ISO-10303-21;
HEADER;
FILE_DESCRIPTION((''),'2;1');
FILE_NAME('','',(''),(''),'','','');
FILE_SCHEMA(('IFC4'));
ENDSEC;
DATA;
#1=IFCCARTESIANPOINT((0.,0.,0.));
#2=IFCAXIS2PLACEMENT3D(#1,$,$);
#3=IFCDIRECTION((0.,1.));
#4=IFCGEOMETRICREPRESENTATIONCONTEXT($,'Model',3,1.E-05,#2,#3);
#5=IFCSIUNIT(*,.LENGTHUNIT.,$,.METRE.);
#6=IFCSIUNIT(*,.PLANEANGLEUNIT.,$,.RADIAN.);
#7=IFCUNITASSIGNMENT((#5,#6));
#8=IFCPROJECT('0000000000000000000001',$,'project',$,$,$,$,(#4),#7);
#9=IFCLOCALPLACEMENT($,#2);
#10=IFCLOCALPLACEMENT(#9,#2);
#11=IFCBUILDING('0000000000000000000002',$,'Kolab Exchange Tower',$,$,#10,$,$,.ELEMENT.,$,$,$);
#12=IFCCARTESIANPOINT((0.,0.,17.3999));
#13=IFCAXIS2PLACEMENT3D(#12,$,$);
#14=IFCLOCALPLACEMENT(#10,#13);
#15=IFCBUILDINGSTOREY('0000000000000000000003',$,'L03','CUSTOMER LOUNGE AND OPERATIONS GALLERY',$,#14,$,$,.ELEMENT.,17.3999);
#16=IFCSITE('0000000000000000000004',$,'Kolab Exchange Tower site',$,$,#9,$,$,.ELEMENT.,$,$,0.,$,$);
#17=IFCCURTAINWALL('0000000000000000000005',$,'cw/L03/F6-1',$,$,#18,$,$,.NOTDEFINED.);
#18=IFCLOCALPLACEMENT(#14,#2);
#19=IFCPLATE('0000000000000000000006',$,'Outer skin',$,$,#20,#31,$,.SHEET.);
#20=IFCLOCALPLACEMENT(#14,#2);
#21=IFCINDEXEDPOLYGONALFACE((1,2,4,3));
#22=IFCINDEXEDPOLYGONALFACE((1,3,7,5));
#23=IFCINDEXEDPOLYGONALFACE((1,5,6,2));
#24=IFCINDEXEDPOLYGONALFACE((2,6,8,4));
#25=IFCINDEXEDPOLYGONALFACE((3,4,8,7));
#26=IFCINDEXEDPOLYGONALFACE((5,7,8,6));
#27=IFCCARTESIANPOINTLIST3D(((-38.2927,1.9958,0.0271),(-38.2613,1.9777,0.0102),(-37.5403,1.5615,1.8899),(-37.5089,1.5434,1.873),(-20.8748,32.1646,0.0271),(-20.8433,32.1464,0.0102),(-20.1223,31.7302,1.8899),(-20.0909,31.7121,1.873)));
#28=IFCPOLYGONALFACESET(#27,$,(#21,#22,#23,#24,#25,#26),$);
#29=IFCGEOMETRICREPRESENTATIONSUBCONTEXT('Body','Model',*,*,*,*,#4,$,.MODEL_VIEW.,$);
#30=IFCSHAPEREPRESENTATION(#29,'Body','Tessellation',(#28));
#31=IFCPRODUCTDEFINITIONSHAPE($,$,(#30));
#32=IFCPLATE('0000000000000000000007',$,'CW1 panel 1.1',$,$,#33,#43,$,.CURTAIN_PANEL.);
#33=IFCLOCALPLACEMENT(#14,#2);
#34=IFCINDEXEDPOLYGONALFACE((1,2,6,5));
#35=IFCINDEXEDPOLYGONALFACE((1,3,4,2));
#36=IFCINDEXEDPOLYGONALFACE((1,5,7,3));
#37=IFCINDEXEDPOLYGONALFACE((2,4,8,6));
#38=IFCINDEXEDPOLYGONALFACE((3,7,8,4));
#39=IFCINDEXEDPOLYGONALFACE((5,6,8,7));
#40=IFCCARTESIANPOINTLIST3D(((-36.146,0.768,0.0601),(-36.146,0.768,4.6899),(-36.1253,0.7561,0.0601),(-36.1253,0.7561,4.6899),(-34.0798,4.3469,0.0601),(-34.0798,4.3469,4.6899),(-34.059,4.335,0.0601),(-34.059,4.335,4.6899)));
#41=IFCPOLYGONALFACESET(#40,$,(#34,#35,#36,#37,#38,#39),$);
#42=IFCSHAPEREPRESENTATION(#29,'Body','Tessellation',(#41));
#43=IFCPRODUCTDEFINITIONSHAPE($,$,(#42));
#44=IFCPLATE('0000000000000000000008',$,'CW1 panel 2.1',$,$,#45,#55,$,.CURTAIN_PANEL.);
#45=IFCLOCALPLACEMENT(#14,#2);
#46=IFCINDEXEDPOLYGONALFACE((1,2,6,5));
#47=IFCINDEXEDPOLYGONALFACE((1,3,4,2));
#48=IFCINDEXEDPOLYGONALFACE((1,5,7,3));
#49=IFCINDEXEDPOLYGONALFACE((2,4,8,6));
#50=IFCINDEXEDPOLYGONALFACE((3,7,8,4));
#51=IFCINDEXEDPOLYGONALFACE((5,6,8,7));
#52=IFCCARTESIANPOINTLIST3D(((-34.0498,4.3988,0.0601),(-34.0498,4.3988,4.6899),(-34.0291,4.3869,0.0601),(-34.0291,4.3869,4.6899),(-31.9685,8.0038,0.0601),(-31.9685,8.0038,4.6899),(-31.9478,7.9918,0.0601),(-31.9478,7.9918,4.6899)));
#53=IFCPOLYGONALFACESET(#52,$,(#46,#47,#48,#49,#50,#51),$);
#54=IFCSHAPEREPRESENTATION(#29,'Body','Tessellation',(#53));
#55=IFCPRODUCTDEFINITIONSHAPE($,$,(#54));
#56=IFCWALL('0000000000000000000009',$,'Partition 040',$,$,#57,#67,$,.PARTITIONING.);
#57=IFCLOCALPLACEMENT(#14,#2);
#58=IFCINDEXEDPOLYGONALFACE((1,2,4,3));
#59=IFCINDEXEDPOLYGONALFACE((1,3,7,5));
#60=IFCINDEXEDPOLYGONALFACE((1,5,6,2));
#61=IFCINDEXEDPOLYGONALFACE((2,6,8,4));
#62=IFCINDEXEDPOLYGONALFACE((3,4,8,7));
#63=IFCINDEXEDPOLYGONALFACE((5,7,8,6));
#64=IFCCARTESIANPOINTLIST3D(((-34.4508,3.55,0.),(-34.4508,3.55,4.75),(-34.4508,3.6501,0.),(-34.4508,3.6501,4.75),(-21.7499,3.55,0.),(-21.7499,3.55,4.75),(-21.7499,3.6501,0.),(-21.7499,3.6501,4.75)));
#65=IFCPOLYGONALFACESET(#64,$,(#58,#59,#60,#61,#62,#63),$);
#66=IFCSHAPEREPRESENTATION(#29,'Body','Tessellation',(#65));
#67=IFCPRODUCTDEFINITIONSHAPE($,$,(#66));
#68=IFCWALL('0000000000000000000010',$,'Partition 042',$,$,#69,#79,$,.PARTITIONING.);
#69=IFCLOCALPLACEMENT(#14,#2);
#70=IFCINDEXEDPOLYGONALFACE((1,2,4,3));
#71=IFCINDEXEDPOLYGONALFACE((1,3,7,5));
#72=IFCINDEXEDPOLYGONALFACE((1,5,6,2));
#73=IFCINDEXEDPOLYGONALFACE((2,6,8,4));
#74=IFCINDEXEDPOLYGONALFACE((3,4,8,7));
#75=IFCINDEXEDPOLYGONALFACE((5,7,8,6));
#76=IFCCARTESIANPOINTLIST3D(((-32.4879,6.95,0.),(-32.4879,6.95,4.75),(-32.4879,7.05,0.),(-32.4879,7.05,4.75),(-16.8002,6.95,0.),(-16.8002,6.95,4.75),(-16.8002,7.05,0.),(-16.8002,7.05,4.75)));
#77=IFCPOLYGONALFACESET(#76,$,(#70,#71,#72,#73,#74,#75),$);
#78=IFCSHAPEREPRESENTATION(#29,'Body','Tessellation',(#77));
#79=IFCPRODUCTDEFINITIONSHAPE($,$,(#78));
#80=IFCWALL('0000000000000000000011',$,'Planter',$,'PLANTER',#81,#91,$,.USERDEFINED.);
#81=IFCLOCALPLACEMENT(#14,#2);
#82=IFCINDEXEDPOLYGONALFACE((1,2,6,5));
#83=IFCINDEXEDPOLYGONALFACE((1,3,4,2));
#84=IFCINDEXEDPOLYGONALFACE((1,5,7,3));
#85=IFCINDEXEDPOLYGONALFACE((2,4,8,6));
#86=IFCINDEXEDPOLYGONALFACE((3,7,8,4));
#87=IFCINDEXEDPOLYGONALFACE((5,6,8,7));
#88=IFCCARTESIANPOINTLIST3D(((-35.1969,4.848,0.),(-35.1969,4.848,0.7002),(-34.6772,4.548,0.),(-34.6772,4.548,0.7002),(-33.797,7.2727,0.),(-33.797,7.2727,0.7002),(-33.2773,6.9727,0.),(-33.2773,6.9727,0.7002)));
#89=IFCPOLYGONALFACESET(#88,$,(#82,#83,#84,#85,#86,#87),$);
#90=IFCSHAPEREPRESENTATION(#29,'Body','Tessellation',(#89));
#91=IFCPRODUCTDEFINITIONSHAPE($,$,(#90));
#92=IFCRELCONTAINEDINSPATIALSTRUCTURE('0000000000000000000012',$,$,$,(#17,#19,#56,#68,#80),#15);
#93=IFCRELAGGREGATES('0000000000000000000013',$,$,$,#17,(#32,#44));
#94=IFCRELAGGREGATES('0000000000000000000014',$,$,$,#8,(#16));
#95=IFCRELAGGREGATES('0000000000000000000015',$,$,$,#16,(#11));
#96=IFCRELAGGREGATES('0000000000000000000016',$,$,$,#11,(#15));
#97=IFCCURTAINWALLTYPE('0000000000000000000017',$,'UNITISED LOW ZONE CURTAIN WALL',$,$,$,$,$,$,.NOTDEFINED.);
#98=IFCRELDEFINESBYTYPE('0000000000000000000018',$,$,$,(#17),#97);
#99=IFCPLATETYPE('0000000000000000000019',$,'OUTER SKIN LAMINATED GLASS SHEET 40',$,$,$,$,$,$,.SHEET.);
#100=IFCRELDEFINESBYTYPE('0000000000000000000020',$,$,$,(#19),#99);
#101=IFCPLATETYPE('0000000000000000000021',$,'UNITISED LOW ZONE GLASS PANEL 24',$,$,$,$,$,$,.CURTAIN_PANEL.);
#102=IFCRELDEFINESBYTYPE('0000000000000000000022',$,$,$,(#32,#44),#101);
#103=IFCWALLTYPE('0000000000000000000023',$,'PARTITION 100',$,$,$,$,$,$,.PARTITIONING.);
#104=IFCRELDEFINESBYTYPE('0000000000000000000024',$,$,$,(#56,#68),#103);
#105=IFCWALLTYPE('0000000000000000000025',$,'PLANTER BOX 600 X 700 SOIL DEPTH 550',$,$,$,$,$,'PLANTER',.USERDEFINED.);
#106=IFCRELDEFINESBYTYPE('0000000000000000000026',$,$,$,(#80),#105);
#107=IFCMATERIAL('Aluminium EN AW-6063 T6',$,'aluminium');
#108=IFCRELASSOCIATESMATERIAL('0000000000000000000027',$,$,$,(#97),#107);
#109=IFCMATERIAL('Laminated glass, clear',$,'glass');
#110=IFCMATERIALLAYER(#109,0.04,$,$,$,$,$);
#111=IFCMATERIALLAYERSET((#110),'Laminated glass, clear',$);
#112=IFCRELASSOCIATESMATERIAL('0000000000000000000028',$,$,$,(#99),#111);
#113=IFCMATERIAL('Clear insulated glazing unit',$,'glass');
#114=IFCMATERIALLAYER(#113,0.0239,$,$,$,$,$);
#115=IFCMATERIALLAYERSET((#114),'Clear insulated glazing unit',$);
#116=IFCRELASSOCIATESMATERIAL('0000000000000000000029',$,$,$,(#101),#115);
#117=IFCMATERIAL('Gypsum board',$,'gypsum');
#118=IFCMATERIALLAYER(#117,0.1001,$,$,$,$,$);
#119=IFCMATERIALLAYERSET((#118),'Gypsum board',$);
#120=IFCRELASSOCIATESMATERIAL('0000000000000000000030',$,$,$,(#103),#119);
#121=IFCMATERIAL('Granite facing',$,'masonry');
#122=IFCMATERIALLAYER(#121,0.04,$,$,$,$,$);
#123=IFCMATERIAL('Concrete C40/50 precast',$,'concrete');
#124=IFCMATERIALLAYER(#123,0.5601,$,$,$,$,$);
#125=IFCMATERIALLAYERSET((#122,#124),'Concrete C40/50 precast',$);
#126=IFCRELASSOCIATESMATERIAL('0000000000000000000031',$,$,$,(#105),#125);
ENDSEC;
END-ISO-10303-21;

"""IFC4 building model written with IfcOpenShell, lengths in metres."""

from ifc_helpers import new_model, si_unit, direction, frame, frame_2d, origin, origin_2d, place, context, subcontext, project, spatial, polyline, rectangle, outline, extrude, material, layer, layer_set, type_object, element, aggregate, save


model = new_model("IFC4")

# Units and contexts
model_context = context("Model", 3, precision=1e-05, world=origin(), true_north=direction((0.0, 1.0)))
body_context = subcontext(model_context, "Body", "Model", "MODEL_VIEW")
ifc_project = project(units=[si_unit("LENGTHUNIT", "METRE"), si_unit("PLANEANGLEUNIT", "RADIAN")], contexts=[model_context])

# Site, building, storey
site_placement = place(None, origin())
site = spatial("IfcSite", under=ifc_project, at=site_placement, Name="Kolab Exchange Tower site", CompositionType="ELEMENT", RefElevation=0.0)
building_placement = place(site_placement, origin())
building = spatial("IfcBuilding", under=site, at=building_placement, Name="Kolab Exchange Tower", CompositionType="ELEMENT")
storey_placement = place(building_placement, frame((0.0, 0.0, 17.3999)))
storey = spatial("IfcBuildingStorey", under=building, at=storey_placement, Name="L03", Description="CUSTOMER LOUNGE AND OPERATIONS GALLERY", CompositionType="ELEMENT", Elevation=17.3999)

# Curtain wall
ifc_material_1 = material(Name="Aluminium EN AW-6063 T6", Category="aluminium")
curtain_wall_type = type_object("IfcCurtainWallType", Name="UNITISED LOW ZONE CURTAIN WALL", PredefinedType="NOTDEFINED", material=ifc_material_1)
curtain_wall_1_placement = place(storey_placement, origin())
curtain_wall_1 = element("IfcCurtainWall", 1, at=curtain_wall_1_placement, inside=storey, type_object=curtain_wall_type, Name="cw/L03/F6-1", PredefinedType="NOTDEFINED")

# Plates
ifc_material_2 = material(Name="Laminated glass, clear", Category="glass")
ifc_layer_1 = layer(ifc_material_2, 0.04)
ifc_layer_set_1 = layer_set([ifc_layer_1], Name="Laminated glass, clear")
plate_type_1 = type_object("IfcPlateType", Name="OUTER SKIN LAMINATED GLASS SHEET 40", PredefinedType="SHEET", material=ifc_layer_set_1)
plate_1_placement = place(storey_placement, frame((-38.2927, 1.9958, 0.0271), z_axis=(-0.784859, 0.45314, 0.422683), x_axis=(0.500001, 0.866025, 0.0)))
element("IfcPlate", 2, at=plate_1_placement, inside=storey, type_object=plate_type_1, Name="Outer skin", PredefinedType="SHEET", context=body_context, shape_type="SweptSolid", body=[
    extrude(outline(polyline([(0.0, 0.0), (34.8358, 0.0), (34.8359, -2.0554), (0.0001, -2.0554), (0.0, 0.0)])), origin(), (0.0, 0.0, -1.0), 0.04),
])
ifc_material_3 = material(Name="Clear insulated glazing unit", Category="glass")
ifc_layer_2 = layer(ifc_material_3, 0.0239)
ifc_layer_set_2 = layer_set([ifc_layer_2], Name="Clear insulated glazing unit")
plate_type_2 = type_object("IfcPlateType", Name="UNITISED LOW ZONE GLASS PANEL 24", PredefinedType="CURTAIN_PANEL", material=ifc_layer_set_2)
plate_2_placement = place(storey_placement, frame((-35.1025, 2.5515, 0.0601), z_axis=(0.0, 0.0, 1.0), x_axis=(0.5, 0.866025, 0.0)))
plate_2 = element("IfcPlate", 3, at=plate_2_placement, type_object=plate_type_2, Name="CW1 panel 1.1", PredefinedType="CURTAIN_PANEL", context=body_context, shape_type="SweptSolid", body=[
    extrude(rectangle(XDim=4.1326, YDim=0.0239, at=origin_2d()), origin(), (0.0, 0.0, 1.0), 4.6299),
])
plate_3_placement = place(storey_placement, frame((-32.9988, 6.1953, 0.0601), z_axis=(0.0, 0.0, 1.0), x_axis=(0.5, 0.866025, 0.0)))
plate_3 = element("IfcPlate", 4, at=plate_3_placement, type_object=plate_type_2, Name="CW1 panel 2.1", PredefinedType="CURTAIN_PANEL", context=body_context, shape_type="SweptSolid", body=[
    extrude(rectangle(XDim=4.1626, YDim=0.0239, at=origin_2d()), origin(), (0.0, 0.0, 1.0), 4.6299),
])
aggregate(curtain_wall_1, [plate_2, plate_3])

# Walls
ifc_material_4 = material(Name="Gypsum board", Category="gypsum")
ifc_layer_3 = layer(ifc_material_4, 0.1001)
ifc_layer_set_3 = layer_set([ifc_layer_3], Name="Gypsum board")
wall_type_1 = type_object("IfcWallType", Name="PARTITION 100", PredefinedType="PARTITIONING", material=ifc_layer_set_3)
wall_1_placement = place(storey_placement, frame((-34.4509, 3.6001, 0.0), z_axis=(0.0, 0.0, 1.0), x_axis=(1.0, 0.0, 0.0)))
element("IfcWall", 5, at=wall_1_placement, inside=storey, type_object=wall_type_1, Name="Partition 040", PredefinedType="PARTITIONING", context=body_context, shape_type="SweptSolid", body=[
    extrude(rectangle(XDim=12.7009, YDim=0.1001, at=frame_2d((6.3506, 0.0))), origin(), (0.0, 0.0, 1.0), 4.75),
])
wall_2_placement = place(storey_placement, frame((-32.4878, 7.0, 0.0), z_axis=(0.0, 0.0, 1.0), x_axis=(1.0, 0.0, 0.0)))
element("IfcWall", 6, at=wall_2_placement, inside=storey, type_object=wall_type_1, Name="Partition 042", PredefinedType="PARTITIONING", context=body_context, shape_type="SweptSolid", body=[
    extrude(rectangle(XDim=15.6877, YDim=0.1001, at=frame_2d((7.8438, 0.0))), origin(), (0.0, 0.0, 1.0), 4.75),
])
ifc_material_5 = material(Name="Granite facing", Category="masonry")
ifc_layer_4 = layer(ifc_material_5, 0.04)
ifc_material_6 = material(Name="Concrete C40/50 precast", Category="concrete")
ifc_layer_5 = layer(ifc_material_6, 0.5601)
ifc_layer_set_4 = layer_set([ifc_layer_4, ifc_layer_5], Name="Concrete C40/50 precast")
wall_type_2 = type_object("IfcWallType", Name="PLANTER BOX 600 X 700 SOIL DEPTH 550", ElementType="PLANTER", PredefinedType="USERDEFINED", material=ifc_layer_set_4)
wall_3_placement = place(storey_placement, frame((-34.937, 4.698, 0.0), z_axis=(0.0, 0.0, 1.0), x_axis=(0.499984, 0.866035, 0.0)))
element("IfcWall", 7, at=wall_3_placement, inside=storey, type_object=wall_type_2, Name="Planter", ObjectType="PLANTER", PredefinedType="USERDEFINED", context=body_context, shape_type="SweptSolid", body=[
    extrude(rectangle(XDim=2.7998, YDim=0.6001, at=frame_2d((1.3999, 0.0))), origin(), (0.0, 0.0, 1.0), 0.7002),
])

save(model, "model.ifc")
